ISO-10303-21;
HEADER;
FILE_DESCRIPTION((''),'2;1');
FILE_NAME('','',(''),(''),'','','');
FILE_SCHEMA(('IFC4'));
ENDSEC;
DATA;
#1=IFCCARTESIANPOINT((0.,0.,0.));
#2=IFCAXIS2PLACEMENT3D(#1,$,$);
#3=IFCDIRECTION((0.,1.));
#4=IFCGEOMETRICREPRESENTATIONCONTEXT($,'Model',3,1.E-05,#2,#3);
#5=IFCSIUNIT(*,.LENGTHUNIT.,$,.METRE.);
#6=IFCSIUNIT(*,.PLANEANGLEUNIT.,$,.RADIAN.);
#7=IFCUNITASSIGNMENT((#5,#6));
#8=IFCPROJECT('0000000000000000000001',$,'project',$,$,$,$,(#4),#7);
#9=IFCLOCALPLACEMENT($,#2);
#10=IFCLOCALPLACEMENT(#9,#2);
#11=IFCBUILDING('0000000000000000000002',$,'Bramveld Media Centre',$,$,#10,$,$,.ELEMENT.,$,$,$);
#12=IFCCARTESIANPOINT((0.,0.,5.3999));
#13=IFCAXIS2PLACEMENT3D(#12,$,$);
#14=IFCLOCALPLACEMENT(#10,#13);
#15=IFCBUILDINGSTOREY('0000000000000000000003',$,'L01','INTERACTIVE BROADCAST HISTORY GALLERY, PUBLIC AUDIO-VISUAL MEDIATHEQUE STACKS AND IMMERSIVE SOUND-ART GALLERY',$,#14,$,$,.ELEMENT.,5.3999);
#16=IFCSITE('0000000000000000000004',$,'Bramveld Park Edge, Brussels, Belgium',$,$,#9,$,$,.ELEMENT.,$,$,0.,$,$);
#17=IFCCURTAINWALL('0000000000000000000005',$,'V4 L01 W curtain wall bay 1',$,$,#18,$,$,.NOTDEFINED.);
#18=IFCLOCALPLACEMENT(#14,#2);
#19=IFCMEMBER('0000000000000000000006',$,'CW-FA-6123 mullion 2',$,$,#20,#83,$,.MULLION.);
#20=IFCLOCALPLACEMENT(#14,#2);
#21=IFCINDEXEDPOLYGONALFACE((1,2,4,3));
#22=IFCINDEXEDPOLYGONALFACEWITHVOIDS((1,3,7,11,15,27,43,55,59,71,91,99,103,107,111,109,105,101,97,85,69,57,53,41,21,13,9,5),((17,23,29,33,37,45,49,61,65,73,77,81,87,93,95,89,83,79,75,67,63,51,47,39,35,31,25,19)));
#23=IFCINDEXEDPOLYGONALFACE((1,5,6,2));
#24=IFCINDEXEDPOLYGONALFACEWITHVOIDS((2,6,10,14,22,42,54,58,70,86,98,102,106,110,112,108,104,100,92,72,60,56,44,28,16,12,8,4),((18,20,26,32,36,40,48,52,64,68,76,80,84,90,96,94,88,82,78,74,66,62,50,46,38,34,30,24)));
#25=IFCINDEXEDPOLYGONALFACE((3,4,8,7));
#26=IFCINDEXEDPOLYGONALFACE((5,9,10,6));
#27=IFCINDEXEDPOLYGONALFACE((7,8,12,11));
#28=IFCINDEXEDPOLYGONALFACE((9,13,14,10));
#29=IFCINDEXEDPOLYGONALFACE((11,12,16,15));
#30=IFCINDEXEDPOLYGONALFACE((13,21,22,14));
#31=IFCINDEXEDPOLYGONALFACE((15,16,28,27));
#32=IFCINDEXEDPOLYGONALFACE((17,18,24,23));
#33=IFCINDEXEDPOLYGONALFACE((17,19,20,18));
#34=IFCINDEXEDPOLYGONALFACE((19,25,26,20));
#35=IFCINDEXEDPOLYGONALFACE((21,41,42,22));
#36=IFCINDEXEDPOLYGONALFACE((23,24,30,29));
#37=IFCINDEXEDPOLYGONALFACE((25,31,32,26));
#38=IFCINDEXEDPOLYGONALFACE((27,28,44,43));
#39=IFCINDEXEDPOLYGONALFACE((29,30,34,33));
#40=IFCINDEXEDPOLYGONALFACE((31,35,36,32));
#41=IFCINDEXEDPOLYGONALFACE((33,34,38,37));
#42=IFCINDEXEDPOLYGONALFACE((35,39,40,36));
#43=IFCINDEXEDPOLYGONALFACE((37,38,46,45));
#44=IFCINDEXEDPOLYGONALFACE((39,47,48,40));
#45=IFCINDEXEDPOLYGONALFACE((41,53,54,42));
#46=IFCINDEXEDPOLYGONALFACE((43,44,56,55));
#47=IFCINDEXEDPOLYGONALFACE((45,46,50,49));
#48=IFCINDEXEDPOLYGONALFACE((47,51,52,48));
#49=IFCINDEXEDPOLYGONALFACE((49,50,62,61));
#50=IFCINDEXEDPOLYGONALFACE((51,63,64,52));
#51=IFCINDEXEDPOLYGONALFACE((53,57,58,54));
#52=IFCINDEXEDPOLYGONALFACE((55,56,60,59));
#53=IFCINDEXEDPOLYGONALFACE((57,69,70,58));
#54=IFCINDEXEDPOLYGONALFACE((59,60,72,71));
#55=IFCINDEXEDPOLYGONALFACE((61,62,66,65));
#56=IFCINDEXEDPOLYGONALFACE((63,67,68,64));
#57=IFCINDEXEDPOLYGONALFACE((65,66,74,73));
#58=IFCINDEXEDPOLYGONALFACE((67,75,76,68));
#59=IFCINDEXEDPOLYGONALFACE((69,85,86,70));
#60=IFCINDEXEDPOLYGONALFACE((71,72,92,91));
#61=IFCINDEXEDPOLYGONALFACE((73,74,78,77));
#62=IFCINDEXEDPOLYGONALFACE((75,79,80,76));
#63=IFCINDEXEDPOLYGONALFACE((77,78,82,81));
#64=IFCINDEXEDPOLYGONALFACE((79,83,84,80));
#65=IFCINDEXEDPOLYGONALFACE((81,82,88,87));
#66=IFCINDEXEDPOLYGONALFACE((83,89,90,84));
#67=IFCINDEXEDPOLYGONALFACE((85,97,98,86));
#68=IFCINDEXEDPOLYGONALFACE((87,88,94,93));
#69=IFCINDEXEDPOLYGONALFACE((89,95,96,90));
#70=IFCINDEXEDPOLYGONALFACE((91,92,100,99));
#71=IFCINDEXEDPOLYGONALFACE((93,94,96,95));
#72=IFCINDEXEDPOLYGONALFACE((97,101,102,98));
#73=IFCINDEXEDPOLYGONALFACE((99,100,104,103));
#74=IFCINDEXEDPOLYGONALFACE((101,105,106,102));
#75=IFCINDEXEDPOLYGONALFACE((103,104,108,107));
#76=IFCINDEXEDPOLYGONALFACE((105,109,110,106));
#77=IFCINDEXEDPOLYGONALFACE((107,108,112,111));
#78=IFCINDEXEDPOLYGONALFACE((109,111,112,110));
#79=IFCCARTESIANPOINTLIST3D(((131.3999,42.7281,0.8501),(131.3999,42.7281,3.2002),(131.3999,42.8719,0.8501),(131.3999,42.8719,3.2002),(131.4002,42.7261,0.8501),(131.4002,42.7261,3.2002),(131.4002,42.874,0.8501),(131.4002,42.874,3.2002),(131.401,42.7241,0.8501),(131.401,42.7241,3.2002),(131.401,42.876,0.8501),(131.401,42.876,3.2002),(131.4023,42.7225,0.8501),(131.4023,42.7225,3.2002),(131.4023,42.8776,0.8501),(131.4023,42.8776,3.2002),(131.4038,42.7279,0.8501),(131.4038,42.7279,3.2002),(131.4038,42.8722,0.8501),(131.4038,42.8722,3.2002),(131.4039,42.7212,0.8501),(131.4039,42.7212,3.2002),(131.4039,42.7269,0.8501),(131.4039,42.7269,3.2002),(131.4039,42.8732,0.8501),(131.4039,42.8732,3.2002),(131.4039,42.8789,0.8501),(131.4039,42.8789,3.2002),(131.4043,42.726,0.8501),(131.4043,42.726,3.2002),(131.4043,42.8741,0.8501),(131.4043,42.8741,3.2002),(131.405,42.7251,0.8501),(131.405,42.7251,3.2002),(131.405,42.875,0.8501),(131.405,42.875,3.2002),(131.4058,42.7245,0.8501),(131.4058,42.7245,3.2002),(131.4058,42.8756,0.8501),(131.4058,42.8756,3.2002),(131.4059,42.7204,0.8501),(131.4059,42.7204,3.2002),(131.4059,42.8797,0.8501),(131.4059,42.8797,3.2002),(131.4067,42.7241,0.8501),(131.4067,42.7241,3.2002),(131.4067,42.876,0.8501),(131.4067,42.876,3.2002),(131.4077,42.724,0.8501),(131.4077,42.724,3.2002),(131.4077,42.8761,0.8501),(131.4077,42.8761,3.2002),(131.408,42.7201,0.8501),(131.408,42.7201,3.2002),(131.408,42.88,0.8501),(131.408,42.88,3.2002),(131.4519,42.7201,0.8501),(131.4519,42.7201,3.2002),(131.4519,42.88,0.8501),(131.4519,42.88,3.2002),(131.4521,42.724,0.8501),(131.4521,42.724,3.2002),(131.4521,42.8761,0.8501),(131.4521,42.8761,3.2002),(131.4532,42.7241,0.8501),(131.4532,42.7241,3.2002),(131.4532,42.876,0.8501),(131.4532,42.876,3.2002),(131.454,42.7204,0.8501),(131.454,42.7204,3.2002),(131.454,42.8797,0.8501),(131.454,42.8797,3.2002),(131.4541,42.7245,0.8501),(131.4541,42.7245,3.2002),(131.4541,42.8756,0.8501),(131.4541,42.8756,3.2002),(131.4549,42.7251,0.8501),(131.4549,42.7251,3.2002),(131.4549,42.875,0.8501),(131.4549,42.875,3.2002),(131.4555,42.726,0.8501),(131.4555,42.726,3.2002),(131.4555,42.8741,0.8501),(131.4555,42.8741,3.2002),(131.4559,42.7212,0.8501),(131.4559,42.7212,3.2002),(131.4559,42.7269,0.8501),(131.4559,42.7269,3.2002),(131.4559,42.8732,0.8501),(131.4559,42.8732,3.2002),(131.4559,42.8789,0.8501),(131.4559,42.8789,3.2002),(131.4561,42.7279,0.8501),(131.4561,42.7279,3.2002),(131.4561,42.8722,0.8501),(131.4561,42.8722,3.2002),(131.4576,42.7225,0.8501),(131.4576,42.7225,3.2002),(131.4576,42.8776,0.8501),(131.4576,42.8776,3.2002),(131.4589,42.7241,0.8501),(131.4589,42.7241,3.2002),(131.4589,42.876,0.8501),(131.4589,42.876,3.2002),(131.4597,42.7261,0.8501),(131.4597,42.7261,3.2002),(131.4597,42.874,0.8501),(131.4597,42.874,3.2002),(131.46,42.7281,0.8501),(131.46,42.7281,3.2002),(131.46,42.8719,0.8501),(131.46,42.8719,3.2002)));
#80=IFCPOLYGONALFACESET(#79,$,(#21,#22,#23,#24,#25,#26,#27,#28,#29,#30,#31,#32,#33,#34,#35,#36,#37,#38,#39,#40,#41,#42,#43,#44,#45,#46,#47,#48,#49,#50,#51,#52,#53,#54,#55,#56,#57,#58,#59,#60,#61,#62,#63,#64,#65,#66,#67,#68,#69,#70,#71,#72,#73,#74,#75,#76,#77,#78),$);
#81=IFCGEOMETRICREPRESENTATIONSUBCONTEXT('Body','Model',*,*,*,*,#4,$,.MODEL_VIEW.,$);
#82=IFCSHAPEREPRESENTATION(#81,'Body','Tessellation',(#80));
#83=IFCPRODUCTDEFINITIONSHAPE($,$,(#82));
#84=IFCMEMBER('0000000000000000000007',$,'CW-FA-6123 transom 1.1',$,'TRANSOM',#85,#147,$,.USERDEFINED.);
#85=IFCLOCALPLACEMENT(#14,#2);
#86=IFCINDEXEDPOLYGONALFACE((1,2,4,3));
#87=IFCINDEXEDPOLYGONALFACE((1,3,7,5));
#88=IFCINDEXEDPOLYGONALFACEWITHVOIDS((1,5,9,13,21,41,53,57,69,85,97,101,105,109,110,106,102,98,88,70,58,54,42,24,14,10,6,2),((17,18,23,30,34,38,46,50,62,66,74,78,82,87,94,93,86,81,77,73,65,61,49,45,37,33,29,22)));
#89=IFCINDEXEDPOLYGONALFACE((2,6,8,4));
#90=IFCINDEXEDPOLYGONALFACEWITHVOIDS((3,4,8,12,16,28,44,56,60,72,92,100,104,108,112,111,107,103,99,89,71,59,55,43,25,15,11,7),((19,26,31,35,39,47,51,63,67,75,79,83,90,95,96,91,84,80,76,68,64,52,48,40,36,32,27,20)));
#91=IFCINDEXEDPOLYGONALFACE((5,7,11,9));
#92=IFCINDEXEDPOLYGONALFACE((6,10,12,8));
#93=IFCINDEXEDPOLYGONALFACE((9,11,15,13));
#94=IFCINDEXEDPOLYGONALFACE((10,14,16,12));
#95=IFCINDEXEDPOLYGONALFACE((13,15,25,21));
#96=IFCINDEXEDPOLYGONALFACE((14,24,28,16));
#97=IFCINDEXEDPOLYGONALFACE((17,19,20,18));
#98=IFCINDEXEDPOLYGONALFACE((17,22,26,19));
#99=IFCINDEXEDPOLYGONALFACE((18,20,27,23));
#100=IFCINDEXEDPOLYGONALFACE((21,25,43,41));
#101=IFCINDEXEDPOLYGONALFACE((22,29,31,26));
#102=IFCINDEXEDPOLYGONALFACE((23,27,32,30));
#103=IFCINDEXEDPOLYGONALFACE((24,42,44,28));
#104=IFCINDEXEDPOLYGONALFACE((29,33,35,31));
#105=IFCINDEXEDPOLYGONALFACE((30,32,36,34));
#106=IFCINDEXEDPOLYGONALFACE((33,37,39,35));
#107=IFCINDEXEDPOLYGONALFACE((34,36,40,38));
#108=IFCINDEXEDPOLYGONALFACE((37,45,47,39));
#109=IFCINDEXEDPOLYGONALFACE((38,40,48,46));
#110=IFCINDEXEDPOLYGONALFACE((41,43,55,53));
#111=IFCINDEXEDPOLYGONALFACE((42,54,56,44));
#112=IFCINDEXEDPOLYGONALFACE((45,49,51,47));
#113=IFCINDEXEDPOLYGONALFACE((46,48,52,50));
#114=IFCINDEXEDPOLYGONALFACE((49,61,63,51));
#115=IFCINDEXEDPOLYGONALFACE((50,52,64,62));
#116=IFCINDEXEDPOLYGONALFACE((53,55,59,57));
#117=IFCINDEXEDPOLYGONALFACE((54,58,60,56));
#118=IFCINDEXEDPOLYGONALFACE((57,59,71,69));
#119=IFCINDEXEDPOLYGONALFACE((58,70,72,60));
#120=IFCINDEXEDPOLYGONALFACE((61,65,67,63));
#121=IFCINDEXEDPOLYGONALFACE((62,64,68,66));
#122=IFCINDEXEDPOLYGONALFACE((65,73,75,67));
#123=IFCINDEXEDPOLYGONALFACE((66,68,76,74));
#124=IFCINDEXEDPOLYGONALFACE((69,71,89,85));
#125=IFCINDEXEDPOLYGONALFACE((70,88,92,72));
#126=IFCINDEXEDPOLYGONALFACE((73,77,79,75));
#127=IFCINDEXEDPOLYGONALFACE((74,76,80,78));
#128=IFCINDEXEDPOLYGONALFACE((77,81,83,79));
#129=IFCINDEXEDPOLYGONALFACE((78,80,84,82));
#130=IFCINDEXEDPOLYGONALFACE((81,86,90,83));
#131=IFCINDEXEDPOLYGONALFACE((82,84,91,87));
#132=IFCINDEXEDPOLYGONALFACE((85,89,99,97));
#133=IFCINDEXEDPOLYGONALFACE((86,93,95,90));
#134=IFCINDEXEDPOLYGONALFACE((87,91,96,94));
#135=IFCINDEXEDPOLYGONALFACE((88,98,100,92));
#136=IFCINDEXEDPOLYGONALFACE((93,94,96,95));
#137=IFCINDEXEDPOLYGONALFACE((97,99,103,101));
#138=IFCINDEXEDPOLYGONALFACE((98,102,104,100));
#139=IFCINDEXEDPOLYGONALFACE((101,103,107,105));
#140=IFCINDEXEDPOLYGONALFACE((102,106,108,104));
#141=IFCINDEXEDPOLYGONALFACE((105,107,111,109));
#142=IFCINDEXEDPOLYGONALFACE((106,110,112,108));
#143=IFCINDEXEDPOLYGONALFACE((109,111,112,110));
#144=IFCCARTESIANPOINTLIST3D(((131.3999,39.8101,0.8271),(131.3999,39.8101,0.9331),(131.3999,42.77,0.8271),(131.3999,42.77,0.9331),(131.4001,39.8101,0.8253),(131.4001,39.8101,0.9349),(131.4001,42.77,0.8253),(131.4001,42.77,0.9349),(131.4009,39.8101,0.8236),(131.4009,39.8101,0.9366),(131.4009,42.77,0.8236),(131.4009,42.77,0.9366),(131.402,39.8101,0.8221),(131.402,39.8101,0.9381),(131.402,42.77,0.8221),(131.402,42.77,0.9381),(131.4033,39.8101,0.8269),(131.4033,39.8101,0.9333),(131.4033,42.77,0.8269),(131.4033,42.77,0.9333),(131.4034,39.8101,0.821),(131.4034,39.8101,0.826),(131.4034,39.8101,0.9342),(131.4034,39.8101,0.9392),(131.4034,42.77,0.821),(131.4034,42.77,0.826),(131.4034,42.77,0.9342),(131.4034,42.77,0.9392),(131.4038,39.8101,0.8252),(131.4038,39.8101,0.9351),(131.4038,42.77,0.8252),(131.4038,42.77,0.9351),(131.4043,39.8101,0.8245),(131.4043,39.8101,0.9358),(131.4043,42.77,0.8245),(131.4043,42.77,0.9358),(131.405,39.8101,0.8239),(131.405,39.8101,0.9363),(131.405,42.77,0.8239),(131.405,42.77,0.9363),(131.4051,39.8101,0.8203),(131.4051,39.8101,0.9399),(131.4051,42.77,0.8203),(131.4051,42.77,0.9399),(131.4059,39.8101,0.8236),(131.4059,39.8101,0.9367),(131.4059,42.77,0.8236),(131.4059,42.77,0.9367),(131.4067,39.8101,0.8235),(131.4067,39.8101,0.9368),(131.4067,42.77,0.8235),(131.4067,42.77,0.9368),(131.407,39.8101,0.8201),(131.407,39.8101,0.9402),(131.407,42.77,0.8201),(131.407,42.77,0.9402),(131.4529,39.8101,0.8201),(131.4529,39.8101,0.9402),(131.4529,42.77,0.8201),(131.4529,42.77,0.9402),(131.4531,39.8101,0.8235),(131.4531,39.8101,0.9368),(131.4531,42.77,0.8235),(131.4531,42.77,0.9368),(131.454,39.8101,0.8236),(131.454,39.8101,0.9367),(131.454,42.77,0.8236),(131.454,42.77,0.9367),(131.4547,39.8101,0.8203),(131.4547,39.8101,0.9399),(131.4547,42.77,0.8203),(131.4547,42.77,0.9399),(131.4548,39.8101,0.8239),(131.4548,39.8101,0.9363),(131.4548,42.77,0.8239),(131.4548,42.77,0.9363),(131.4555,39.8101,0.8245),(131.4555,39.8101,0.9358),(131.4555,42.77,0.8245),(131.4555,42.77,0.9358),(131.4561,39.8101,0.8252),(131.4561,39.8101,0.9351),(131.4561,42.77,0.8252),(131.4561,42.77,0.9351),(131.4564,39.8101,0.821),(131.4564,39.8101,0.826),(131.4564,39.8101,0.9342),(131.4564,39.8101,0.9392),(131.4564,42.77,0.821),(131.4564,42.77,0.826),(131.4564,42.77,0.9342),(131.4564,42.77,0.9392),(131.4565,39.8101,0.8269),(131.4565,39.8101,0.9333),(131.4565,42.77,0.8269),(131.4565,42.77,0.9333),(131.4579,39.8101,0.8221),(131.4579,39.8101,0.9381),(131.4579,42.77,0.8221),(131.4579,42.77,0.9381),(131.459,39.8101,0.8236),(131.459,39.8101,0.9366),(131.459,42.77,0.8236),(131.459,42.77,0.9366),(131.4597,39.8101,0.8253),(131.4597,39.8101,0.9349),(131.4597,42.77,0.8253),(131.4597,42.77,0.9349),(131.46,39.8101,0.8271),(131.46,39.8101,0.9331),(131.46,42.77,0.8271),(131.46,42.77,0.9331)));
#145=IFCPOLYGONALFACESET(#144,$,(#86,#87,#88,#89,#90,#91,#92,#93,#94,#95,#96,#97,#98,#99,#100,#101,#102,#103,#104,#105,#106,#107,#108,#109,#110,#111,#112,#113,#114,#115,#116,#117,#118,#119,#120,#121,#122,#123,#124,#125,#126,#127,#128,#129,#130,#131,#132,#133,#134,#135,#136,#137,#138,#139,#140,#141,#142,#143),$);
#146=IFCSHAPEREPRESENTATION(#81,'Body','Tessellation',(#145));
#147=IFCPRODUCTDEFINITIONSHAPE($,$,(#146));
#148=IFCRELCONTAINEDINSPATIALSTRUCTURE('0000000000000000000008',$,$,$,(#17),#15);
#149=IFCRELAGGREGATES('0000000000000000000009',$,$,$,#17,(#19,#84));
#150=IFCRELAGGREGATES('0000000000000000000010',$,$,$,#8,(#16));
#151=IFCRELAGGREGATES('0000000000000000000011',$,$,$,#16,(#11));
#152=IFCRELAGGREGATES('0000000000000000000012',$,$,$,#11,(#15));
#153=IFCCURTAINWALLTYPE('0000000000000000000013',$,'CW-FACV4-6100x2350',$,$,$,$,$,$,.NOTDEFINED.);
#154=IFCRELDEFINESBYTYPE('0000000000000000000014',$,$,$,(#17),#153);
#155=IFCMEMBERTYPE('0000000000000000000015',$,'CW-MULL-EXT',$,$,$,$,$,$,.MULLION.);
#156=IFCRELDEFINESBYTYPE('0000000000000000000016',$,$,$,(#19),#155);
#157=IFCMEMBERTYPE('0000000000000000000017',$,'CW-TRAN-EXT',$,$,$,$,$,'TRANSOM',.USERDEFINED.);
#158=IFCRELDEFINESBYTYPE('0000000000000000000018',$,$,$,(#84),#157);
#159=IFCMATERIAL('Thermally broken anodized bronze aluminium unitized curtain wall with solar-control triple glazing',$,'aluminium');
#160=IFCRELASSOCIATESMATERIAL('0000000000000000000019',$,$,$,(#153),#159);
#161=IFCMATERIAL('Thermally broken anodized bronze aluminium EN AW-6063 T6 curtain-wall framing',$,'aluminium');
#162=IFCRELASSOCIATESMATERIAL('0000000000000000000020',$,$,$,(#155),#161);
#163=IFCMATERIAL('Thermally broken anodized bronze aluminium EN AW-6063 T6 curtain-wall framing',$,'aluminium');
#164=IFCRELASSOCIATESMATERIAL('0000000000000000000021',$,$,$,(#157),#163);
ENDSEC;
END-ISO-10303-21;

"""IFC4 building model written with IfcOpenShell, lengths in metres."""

from ifc_helpers import new_model, si_unit, direction, frame, origin, origin_2d, place, context, subcontext, project, spatial, hollow_rectangle, extrude, material, material_profile, profile_set, type_object, element, aggregate, save


model = new_model("IFC4")

# Units and contexts
model_context = context("Model", 3, precision=1e-05, world=origin(), true_north=direction((0.0, 1.0)))
body_context = subcontext(model_context, "Body", "Model", "MODEL_VIEW")
ifc_project = project(units=[si_unit("LENGTHUNIT", "METRE"), si_unit("PLANEANGLEUNIT", "RADIAN")], contexts=[model_context])

# Site, building, storey
site_placement = place(None, origin())
site = spatial("IfcSite", under=ifc_project, at=site_placement, Name="Bramveld Park Edge, Brussels, Belgium", CompositionType="ELEMENT", RefElevation=0.0)
building_placement = place(site_placement, origin())
building = spatial("IfcBuilding", under=site, at=building_placement, Name="Bramveld Media Centre", CompositionType="ELEMENT")
storey_placement = place(building_placement, frame((0.0, 0.0, 5.3999)))
storey = spatial("IfcBuildingStorey", under=building, at=storey_placement, Name="L01", Description="INTERACTIVE BROADCAST HISTORY GALLERY, PUBLIC AUDIO-VISUAL MEDIATHEQUE STACKS AND IMMERSIVE SOUND-ART GALLERY", CompositionType="ELEMENT", Elevation=5.3999)

# Curtain wall, members
ifc_material_1 = material(Name="Thermally broken anodized bronze aluminium unitized curtain wall with solar-control triple glazing", Category="aluminium")
curtain_wall_type = type_object("IfcCurtainWallType", Name="CW-FACV4-6100x2350", PredefinedType="NOTDEFINED", material=ifc_material_1)
curtain_wall_placement = place(storey_placement, origin())
curtain_wall = element("IfcCurtainWall", 1, at=curtain_wall_placement, inside=storey, type_object=curtain_wall_type, Name="V4 L01 W curtain wall bay 1", PredefinedType="NOTDEFINED")
ifc_material_2 = material(Name="Thermally broken anodized bronze aluminium EN AW-6063 T6 curtain-wall framing", Category="aluminium")
ifc_material_profile_1 = material_profile(ifc_material_2, hollow_rectangle(XDim=0.0601, YDim=0.1599, WallThickness=0.0039, InnerFilletRadius=0.0039, OuterFilletRadius=0.0081, at=origin_2d()), Name="AL-MULL 60x160")
ifc_profile_set_1 = profile_set([ifc_material_profile_1], Name="Thermally broken anodized bronze aluminium EN AW-6063 T6 curtain-wall framing")
member_type_1 = type_object("IfcMemberType", Name="CW-MULL-EXT", PredefinedType="MULLION", material=ifc_profile_set_1)
member_1_placement = place(storey_placement, frame((131.4299, 42.8, 0.8501), z_axis=(0.0, 0.0, 1.0), x_axis=(-1.0, 0.0, 0.0)))
member_1 = element("IfcMember", 2, at=member_1_placement, type_object=member_type_1, Name="CW-FA-6123 mullion 2", PredefinedType="MULLION", context=body_context, shape_type="SweptSolid", body=[
    extrude(hollow_rectangle(XDim=0.0601, YDim=0.1599, WallThickness=0.0039, InnerFilletRadius=0.0039, OuterFilletRadius=0.0081, at=origin_2d()), origin(), (0.0, 0.0, 1.0), 2.3501),
])
ifc_material_3 = material(Name="Thermally broken anodized bronze aluminium EN AW-6063 T6 curtain-wall framing", Category="aluminium")
ifc_material_profile_2 = material_profile(ifc_material_3, hollow_rectangle(XDim=0.0601, YDim=0.1201, WallThickness=0.0034, InnerFilletRadius=0.0034, OuterFilletRadius=0.0071, at=origin_2d()), Name="AL-TRAN 60x120")
ifc_profile_set_2 = profile_set([ifc_material_profile_2], Name="Thermally broken anodized bronze aluminium EN AW-6063 T6 curtain-wall framing")
member_type_2 = type_object("IfcMemberType", Name="CW-TRAN-EXT", ElementType="TRANSOM", PredefinedType="USERDEFINED", material=ifc_profile_set_2)
member_2_placement = place(storey_placement, frame((131.4299, 39.8101, 0.8801), z_axis=(0.0, 1.0, 0.0), x_axis=(-1.0, 0.0, 0.0)))
member_2 = element("IfcMember", 3, at=member_2_placement, type_object=member_type_2, Name="CW-FA-6123 transom 1.1", ObjectType="TRANSOM", PredefinedType="USERDEFINED", context=body_context, shape_type="SweptSolid", body=[
    extrude(hollow_rectangle(XDim=0.0601, YDim=0.1201, WallThickness=0.0034, InnerFilletRadius=0.0034, OuterFilletRadius=0.0071, at=origin_2d()), origin(), (0.0, 0.0, 1.0), 2.96),
])

aggregate(curtain_wall, [member_1, member_2])

save(model, "model.ifc")
